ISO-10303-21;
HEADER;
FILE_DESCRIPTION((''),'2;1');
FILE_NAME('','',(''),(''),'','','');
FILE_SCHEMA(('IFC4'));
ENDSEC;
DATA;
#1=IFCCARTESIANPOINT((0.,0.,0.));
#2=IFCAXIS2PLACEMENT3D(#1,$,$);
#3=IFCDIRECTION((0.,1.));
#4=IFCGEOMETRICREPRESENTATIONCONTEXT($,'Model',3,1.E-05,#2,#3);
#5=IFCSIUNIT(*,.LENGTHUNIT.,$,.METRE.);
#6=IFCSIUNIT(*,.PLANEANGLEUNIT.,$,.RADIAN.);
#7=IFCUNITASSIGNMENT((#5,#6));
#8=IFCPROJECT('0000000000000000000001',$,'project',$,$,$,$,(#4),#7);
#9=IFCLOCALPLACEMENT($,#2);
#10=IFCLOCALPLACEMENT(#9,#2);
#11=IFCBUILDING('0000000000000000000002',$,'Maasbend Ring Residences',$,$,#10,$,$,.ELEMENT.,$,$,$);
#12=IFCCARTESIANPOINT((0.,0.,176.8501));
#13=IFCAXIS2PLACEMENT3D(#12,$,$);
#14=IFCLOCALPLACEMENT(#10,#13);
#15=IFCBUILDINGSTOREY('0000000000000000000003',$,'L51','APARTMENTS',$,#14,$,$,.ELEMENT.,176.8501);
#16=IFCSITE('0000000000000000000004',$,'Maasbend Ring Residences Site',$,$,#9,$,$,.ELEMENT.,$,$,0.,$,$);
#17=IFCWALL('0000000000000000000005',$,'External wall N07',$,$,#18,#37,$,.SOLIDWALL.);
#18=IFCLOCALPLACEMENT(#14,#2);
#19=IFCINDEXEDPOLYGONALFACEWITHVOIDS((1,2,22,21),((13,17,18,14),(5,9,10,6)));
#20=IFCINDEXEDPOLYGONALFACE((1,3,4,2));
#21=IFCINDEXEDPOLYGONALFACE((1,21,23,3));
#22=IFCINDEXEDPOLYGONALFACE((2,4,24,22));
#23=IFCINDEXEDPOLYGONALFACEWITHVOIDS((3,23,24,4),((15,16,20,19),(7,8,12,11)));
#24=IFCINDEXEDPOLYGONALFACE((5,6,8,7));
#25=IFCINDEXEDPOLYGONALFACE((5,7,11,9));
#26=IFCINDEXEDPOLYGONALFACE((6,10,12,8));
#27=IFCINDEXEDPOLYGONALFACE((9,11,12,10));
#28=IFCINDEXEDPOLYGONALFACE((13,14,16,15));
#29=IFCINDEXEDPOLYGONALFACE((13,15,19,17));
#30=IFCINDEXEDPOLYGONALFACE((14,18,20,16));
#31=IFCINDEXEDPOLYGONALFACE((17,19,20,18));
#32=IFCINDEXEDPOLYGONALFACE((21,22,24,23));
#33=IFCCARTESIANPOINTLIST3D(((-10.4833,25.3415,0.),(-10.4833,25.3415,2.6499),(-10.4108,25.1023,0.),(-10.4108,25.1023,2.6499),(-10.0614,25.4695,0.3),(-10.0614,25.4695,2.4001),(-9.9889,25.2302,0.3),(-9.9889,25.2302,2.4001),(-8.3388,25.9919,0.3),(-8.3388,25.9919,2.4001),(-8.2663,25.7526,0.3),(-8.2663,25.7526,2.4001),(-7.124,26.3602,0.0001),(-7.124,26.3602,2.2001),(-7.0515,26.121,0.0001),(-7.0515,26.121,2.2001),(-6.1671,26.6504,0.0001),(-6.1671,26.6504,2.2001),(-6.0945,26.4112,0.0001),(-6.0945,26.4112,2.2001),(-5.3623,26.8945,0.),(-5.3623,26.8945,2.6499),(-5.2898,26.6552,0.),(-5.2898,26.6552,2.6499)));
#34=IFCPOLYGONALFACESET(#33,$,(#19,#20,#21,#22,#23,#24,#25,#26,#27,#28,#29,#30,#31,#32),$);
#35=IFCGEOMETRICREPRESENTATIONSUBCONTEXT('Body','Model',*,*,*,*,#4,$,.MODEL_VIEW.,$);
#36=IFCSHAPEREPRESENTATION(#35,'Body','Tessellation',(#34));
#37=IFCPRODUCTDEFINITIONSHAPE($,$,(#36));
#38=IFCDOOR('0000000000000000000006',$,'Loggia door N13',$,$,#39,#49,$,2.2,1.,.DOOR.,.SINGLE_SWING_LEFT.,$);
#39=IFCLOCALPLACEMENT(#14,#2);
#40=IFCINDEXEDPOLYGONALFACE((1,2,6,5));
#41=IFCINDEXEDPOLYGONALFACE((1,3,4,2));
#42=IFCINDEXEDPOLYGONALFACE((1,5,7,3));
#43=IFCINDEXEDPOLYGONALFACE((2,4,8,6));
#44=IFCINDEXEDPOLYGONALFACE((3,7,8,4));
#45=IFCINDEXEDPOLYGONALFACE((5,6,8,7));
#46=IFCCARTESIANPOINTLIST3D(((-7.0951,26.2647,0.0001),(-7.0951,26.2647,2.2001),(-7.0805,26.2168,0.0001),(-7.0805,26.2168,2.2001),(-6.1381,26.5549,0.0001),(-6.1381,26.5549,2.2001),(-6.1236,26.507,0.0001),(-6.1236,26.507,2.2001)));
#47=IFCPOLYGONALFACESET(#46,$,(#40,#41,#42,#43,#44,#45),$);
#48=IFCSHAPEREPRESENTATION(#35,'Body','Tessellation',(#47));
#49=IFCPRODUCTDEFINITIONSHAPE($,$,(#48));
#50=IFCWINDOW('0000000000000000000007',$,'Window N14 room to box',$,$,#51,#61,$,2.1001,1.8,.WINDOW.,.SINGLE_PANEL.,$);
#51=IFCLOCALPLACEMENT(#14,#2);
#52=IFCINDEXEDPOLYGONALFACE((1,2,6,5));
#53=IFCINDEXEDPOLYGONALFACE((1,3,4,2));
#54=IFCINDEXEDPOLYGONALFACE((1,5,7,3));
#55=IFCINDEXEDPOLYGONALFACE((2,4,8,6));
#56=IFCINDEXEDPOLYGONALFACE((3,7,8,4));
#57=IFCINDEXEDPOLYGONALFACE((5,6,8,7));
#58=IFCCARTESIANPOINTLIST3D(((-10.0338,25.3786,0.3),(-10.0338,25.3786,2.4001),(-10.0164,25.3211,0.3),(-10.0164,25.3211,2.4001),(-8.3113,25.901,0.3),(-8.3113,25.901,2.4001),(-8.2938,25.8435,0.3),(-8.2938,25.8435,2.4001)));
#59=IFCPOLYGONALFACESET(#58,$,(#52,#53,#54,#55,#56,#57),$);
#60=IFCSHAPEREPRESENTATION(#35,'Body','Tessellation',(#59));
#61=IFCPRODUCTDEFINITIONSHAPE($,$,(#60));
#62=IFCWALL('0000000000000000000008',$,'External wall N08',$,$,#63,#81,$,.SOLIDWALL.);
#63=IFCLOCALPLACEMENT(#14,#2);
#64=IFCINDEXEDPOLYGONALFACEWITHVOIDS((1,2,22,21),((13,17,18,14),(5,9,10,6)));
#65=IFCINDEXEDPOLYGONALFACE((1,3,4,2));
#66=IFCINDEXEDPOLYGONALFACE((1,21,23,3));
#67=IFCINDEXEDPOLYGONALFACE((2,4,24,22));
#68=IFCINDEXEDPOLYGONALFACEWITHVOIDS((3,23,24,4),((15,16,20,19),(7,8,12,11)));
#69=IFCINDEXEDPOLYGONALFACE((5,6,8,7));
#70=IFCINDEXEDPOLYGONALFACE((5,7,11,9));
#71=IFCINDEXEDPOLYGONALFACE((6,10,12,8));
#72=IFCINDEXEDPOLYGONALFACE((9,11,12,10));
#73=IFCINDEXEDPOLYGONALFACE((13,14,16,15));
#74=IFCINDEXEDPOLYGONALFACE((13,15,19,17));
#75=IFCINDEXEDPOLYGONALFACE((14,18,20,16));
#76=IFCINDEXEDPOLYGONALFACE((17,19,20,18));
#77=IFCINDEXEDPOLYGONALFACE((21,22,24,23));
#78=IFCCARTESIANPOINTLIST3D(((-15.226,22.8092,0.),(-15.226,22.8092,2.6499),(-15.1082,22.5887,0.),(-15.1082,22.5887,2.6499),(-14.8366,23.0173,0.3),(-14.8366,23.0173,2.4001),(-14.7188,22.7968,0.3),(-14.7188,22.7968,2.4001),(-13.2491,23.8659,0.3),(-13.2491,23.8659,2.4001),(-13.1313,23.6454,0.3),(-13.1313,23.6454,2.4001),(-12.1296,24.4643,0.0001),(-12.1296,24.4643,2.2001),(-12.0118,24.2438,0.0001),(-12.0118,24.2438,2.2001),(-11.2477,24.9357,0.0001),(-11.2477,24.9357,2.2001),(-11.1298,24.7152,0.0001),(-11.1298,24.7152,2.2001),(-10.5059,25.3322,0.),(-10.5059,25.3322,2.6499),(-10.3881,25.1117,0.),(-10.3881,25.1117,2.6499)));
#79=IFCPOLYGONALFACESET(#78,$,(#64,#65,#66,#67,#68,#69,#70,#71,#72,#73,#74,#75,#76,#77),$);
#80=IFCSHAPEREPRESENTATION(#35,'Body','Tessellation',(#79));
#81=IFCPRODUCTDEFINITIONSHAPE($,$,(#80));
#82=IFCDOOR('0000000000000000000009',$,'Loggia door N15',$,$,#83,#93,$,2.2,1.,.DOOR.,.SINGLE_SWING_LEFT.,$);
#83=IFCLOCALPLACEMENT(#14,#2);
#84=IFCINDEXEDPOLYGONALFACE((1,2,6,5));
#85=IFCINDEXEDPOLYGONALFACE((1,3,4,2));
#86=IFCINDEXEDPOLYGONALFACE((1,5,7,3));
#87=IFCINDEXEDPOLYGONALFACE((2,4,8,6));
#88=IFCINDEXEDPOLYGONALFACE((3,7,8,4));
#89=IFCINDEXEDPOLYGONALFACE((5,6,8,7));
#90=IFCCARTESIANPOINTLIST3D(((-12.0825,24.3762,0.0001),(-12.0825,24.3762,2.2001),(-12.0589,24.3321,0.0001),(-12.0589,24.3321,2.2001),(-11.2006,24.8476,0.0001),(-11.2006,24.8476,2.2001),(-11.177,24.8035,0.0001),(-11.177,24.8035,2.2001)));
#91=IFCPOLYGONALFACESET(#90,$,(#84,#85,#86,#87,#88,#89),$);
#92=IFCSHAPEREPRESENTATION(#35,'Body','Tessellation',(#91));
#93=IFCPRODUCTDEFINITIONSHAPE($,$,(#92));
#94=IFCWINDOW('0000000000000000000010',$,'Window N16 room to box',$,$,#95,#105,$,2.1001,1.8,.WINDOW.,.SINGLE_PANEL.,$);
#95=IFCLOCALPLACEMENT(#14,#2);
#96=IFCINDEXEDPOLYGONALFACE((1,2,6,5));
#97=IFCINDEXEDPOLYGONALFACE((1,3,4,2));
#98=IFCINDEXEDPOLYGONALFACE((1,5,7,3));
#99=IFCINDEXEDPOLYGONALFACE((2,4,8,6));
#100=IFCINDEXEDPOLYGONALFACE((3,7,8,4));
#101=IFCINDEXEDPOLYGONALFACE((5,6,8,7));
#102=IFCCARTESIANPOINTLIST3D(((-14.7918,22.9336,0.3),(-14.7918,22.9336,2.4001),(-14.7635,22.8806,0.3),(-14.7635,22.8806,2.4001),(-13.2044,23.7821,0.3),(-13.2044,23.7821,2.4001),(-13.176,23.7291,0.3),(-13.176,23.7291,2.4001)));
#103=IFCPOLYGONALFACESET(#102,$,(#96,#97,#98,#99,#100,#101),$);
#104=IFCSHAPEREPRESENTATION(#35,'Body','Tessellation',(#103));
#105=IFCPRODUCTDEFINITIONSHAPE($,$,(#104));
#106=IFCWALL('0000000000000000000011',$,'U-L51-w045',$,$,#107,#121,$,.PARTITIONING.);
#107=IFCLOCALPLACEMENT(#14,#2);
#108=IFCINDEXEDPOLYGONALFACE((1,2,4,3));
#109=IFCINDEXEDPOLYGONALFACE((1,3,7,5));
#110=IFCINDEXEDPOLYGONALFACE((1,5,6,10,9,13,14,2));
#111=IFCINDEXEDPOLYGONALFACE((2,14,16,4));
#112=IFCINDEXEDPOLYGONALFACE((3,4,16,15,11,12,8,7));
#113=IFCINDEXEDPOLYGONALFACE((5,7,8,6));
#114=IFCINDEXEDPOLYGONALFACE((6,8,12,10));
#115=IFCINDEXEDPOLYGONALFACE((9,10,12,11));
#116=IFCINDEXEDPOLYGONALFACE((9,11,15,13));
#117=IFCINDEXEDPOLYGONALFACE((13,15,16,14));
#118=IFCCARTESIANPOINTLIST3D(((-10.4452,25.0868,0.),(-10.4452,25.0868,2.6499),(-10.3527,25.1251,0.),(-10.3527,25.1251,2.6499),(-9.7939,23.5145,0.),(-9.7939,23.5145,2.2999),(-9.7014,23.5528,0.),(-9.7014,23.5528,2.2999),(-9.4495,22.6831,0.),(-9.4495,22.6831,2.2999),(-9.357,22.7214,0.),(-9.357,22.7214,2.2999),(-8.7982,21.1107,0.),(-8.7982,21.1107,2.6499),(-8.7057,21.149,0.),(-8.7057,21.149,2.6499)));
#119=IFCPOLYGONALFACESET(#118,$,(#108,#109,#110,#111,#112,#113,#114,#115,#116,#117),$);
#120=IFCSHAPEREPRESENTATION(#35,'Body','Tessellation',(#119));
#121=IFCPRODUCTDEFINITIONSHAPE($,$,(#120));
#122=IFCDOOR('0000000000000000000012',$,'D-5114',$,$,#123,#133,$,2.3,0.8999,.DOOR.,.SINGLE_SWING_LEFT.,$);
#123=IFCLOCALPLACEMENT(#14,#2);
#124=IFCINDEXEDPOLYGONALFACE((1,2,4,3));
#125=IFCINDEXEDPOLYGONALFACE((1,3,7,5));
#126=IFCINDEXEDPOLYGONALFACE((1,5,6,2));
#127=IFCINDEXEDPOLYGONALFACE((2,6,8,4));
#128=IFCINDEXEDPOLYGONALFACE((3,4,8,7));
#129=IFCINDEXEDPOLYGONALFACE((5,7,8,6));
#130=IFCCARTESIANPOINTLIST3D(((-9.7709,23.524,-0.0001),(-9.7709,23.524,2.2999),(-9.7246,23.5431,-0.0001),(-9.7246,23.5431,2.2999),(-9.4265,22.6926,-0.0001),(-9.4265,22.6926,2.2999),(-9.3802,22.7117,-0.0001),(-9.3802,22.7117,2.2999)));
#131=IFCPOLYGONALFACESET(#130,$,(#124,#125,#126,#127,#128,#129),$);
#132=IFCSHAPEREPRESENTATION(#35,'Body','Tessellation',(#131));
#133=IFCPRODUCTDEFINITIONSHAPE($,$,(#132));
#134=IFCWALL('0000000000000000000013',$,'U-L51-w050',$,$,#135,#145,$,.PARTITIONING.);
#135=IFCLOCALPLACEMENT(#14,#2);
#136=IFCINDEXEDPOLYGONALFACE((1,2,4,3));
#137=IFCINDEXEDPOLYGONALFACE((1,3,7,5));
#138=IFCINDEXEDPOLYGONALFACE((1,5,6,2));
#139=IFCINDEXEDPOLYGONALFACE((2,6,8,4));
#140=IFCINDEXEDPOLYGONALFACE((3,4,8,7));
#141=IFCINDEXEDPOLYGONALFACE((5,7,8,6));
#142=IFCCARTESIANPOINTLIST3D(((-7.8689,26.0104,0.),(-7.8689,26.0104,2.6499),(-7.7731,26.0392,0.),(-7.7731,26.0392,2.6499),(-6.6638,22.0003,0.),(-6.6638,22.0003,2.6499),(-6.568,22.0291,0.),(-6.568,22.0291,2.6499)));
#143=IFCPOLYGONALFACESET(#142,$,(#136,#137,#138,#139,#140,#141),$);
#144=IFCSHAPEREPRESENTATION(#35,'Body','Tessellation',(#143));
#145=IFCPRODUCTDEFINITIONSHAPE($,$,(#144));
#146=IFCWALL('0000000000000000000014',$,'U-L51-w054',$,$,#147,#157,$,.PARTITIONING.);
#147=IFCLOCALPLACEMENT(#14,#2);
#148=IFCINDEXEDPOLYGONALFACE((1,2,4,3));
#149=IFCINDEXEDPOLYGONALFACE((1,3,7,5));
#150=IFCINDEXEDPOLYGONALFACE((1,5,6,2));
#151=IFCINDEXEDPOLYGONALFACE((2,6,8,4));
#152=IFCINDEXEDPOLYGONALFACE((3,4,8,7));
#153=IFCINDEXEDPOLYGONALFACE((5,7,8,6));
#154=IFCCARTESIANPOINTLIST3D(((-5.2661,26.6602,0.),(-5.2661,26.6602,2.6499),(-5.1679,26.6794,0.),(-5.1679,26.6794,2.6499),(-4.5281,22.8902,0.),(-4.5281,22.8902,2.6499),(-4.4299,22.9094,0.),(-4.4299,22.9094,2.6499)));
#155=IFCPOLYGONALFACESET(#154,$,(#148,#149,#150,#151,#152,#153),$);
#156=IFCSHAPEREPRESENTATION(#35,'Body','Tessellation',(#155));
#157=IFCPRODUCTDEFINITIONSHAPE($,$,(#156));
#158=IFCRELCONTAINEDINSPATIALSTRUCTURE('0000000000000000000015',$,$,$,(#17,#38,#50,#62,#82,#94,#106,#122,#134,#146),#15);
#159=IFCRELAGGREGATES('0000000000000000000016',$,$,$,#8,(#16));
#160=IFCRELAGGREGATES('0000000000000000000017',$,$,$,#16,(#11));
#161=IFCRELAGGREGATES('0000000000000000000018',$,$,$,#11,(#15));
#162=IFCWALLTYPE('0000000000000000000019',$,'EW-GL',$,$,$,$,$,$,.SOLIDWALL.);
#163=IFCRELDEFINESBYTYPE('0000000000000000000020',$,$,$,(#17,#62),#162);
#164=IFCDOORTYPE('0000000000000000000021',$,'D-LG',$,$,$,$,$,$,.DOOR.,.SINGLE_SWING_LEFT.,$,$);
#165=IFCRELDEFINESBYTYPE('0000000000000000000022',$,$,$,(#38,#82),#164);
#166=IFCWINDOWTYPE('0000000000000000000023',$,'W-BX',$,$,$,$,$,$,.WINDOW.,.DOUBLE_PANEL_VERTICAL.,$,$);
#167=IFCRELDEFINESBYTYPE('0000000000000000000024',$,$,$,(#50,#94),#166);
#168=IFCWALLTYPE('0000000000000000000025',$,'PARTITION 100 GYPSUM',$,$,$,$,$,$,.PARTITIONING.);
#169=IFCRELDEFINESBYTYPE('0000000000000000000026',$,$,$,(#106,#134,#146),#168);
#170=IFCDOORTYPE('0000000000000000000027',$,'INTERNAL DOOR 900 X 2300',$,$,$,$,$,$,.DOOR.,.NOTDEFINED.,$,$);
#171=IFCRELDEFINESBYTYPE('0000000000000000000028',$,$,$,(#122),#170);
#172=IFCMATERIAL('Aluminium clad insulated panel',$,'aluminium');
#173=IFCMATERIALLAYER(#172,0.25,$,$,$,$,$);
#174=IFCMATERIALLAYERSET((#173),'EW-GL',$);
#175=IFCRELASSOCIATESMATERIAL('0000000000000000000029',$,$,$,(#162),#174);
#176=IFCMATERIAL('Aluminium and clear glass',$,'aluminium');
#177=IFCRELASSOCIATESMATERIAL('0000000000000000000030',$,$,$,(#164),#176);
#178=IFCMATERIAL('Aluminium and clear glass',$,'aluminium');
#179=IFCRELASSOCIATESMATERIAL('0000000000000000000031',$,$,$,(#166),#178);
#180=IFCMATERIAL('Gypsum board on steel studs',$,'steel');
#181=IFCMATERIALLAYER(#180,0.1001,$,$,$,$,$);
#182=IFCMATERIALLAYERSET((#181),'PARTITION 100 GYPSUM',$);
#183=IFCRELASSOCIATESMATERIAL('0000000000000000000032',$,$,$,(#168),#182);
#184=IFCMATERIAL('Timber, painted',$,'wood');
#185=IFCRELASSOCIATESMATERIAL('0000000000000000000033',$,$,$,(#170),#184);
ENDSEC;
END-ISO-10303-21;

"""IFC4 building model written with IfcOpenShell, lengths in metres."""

from ifc_helpers import new_model, si_unit, direction, frame, frame_2d, origin, place, context, subcontext, project, spatial, rectangle, extrude, material, layer, layer_set, type_object, element, fill, save


model = new_model("IFC4")

# Units and contexts
model_context = context("Model", 3, precision=1e-05, world=origin(), true_north=direction((0.0, 1.0)))
body_context = subcontext(model_context, "Body", "Model", "MODEL_VIEW")
ifc_project = project(units=[si_unit("LENGTHUNIT", "METRE"), si_unit("PLANEANGLEUNIT", "RADIAN")], contexts=[model_context])

# Site, building, storey
site_placement = place(None, origin())
site = spatial("IfcSite", under=ifc_project, at=site_placement, Name="Maasbend Ring Residences Site", CompositionType="ELEMENT", RefElevation=0.0)
building_placement = place(site_placement, origin())
building = spatial("IfcBuilding", under=site, at=building_placement, Name="Maasbend Ring Residences", CompositionType="ELEMENT")
storey_placement = place(building_placement, frame((0.0, 0.0, 176.8501)))
storey = spatial("IfcBuildingStorey", under=building, at=storey_placement, Name="L51", Description="APARTMENTS", CompositionType="ELEMENT", Elevation=176.8501)

# Walls, openings, doors, windows
ifc_material_1 = material(Name="Aluminium clad insulated panel", Category="aluminium")
ifc_layer_1 = layer(ifc_material_1, 0.25)
ifc_layer_set_1 = layer_set([ifc_layer_1], Name="EW-GL")
wall_type_1 = type_object("IfcWallType", Name="EW-GL", PredefinedType="SOLIDWALL", material=ifc_layer_set_1)
wall_1_placement = place(storey_placement, frame((-5.3259, 26.7749, 0.0), z_axis=(0.0, 0.0, 1.0), x_axis=(-0.956966, -0.290201, 0.0)))
wall_1 = element("IfcWall", 1, at=wall_1_placement, inside=storey, type_object=wall_type_1, Name="External wall N07", PredefinedType="SOLIDWALL", context=body_context, shape_type="SweptSolid", body=[
    extrude(rectangle(XDim=5.3513, YDim=0.25, at=frame_2d((2.6758, 0.0))), origin(), (0.0, 0.0, 1.0), 2.6499),
])
opening_1_placement = place(wall_1_placement, frame((0.8411, 0.0, 0.0)))
opening_1 = element("IfcOpeningElement", 2, at=opening_1_placement, cuts=wall_1, PredefinedType="OPENING", context=body_context, shape_type="SweptSolid", body=[
    extrude(rectangle(XDim=1.0, YDim=2.2, at=frame_2d((0.5, 1.1001))), frame((0.0, 0.135, 0.0), z_axis=(0.0, -1.0, 0.0), x_axis=(1.0, 0.0, 0.0)), (0.0, 0.0, 1.0), 0.27),
])
opening_2_placement = place(wall_1_placement, frame((3.1106, 0.0, 0.3)))
opening_2 = element("IfcOpeningElement", 3, at=opening_2_placement, cuts=wall_1, PredefinedType="OPENING", context=body_context, shape_type="SweptSolid", body=[
    extrude(rectangle(XDim=1.8, YDim=2.1001, at=frame_2d((0.8999, 1.05))), frame((0.0, 0.135, 0.0), z_axis=(0.0, -1.0, 0.0), x_axis=(1.0, 0.0, 0.0)), (0.0, 0.0, 1.0), 0.27),
])
ifc_material_2 = material(Name="Aluminium and clear glass", Category="aluminium")
door_type_1 = type_object("IfcDoorType", Name="D-LG", OperationType="SINGLE_SWING_LEFT", PredefinedType="DOOR", material=ifc_material_2)
door_1_placement = place(opening_1_placement, origin())
door_1 = element("IfcDoor", 4, at=door_1_placement, inside=storey, type_object=door_type_1, Name="Loggia door N13", OperationType="SINGLE_SWING_LEFT", OverallHeight=2.2, OverallWidth=1.0, PredefinedType="DOOR", context=body_context, shape_type="SweptSolid", body=[
    extrude(rectangle(XDim=1.0, YDim=2.2, at=frame_2d((0.5, 1.1001))), frame((0.0, 0.0249, 0.0), z_axis=(0.0, -1.0, 0.0), x_axis=(1.0, 0.0, 0.0)), (0.0, 0.0, 1.0), 0.05),
])
fill(opening_1, door_1)
ifc_material_3 = material(Name="Aluminium and clear glass", Category="aluminium")
window_type_1 = type_object("IfcWindowType", Name="W-BX", PartitioningType="DOUBLE_PANEL_VERTICAL", PredefinedType="WINDOW", material=ifc_material_3)
window_1_placement = place(opening_2_placement, origin())
window_1 = element("IfcWindow", 5, at=window_1_placement, inside=storey, type_object=window_type_1, Name="Window N14 room to box", OverallHeight=2.1001, OverallWidth=1.8, PartitioningType="SINGLE_PANEL", PredefinedType="WINDOW", context=body_context, shape_type="SweptSolid", body=[
    extrude(rectangle(XDim=1.8, YDim=2.1001, at=frame_2d((0.8999, 1.05))), frame((0.0, 0.03, 0.0), z_axis=(0.0, -1.0, 0.0), x_axis=(1.0, 0.0, 0.0)), (0.0, 0.0, 1.0), 0.0601),
])
fill(opening_2, window_1)
wall_2_placement = place(storey_placement, frame((-10.447, 25.2219, 0.0), z_axis=(0.0, 0.0, 1.0), x_axis=(-0.881916, -0.471407, 0.0)))
wall_2 = element("IfcWall", 6, at=wall_2_placement, inside=storey, type_object=wall_type_1, Name="External wall N08", PredefinedType="SOLIDWALL", context=body_context, shape_type="SweptSolid", body=[
    extrude(rectangle(XDim=5.3521, YDim=0.25, at=frame_2d((2.676, 0.0))), origin(), (0.0, 0.0, 1.0), 2.6499),
])
opening_3_placement = place(wall_2_placement, frame((0.8411, 0.0, 0.0)))
opening_3 = element("IfcOpeningElement", 7, at=opening_3_placement, cuts=wall_2, PredefinedType="OPENING", context=body_context, shape_type="SweptSolid", body=[
    extrude(rectangle(XDim=1.0, YDim=2.2, at=frame_2d((0.5, 1.1001))), frame((0.0, 0.135, 0.0), z_axis=(0.0, -1.0, 0.0), x_axis=(1.0, 0.0, 0.0)), (0.0, 0.0, 1.0), 0.27),
])
opening_4_placement = place(wall_2_placement, frame((3.1106, 0.0, 0.3)))
opening_4 = element("IfcOpeningElement", 8, at=opening_4_placement, cuts=wall_2, PredefinedType="OPENING", context=body_context, shape_type="SweptSolid", body=[
    extrude(rectangle(XDim=1.8, YDim=2.1001, at=frame_2d((0.8999, 1.05))), frame((0.0, 0.135, 0.0), z_axis=(0.0, -1.0, 0.0), x_axis=(1.0, 0.0, 0.0)), (0.0, 0.0, 1.0), 0.27),
])
door_2_placement = place(opening_3_placement, origin())
door_2 = element("IfcDoor", 9, at=door_2_placement, inside=storey, type_object=door_type_1, Name="Loggia door N15", OperationType="SINGLE_SWING_LEFT", OverallHeight=2.2, OverallWidth=1.0, PredefinedType="DOOR", context=body_context, shape_type="SweptSolid", body=[
    extrude(rectangle(XDim=1.0, YDim=2.2, at=frame_2d((0.5, 1.1001))), frame((0.0, 0.0249, 0.0), z_axis=(0.0, -1.0, 0.0), x_axis=(1.0, 0.0, 0.0)), (0.0, 0.0, 1.0), 0.05),
])
fill(opening_3, door_2)
window_2_placement = place(opening_4_placement, origin())
window_2 = element("IfcWindow", 10, at=window_2_placement, inside=storey, type_object=window_type_1, Name="Window N16 room to box", OverallHeight=2.1001, OverallWidth=1.8, PartitioningType="SINGLE_PANEL", PredefinedType="WINDOW", context=body_context, shape_type="SweptSolid", body=[
    extrude(rectangle(XDim=1.8, YDim=2.1001, at=frame_2d((0.8999, 1.05))), frame((0.0, 0.03, 0.0), z_axis=(0.0, -1.0, 0.0), x_axis=(1.0, 0.0, 0.0)), (0.0, 0.0, 1.0), 0.0601),
])
fill(opening_4, window_2)

# Wall, opening, door
ifc_material_4 = material(Name="Gypsum board on steel studs", Category="steel")
ifc_layer_2 = layer(ifc_material_4, 0.1001)
ifc_layer_set_2 = layer_set([ifc_layer_2], Name="PARTITION 100 GYPSUM")
wall_type_2 = type_object("IfcWallType", Name="PARTITION 100 GYPSUM", PredefinedType="PARTITIONING", material=ifc_layer_set_2)
wall_3_placement = place(storey_placement, frame((-10.3989, 25.106, 0.0), z_axis=(0.0, 0.0, 1.0), x_axis=(0.382689, -0.923877, 0.0)))
wall_3 = element("IfcWall", 11, at=wall_3_placement, inside=storey, type_object=wall_type_2, Name="U-L51-w045", PredefinedType="PARTITIONING", context=body_context, shape_type="SweptSolid", body=[
    extrude(rectangle(XDim=4.3037, YDim=0.1001, at=frame_2d((2.1519, 0.0))), origin(), (0.0, 0.0, 1.0), 2.6499),
])
opening_5_placement = place(wall_3_placement, frame((1.7019, 0.0, 0.0)))
opening_5 = element("IfcOpeningElement", 12, at=opening_5_placement, cuts=wall_3, PredefinedType="OPENING", context=body_context, shape_type="SweptSolid", body=[
    extrude(rectangle(XDim=0.8999, YDim=2.3, at=frame_2d((0.45, 1.1499))), frame((0.0, 0.0601, 0.0), z_axis=(0.0, -1.0, 0.0), x_axis=(1.0, 0.0, 0.0)), (0.0, 0.0, 1.0), 0.1201),
])
ifc_material_5 = material(Name="Timber, painted", Category="wood")
door_type_2 = type_object("IfcDoorType", Name="INTERNAL DOOR 900 X 2300", OperationType="NOTDEFINED", PredefinedType="DOOR", material=ifc_material_5)
door_3_placement = place(opening_5_placement, origin())
door_3 = element("IfcDoor", 13, at=door_3_placement, inside=storey, type_object=door_type_2, Name="D-5114", OperationType="SINGLE_SWING_LEFT", OverallHeight=2.3, OverallWidth=0.8999, PredefinedType="DOOR", context=body_context, shape_type="SweptSolid", body=[
    extrude(rectangle(XDim=0.8999, YDim=2.3, at=frame_2d((0.45, 1.1499))), frame((0.0, 0.0249, 0.0), z_axis=(0.0, -1.0, 0.0), x_axis=(1.0, 0.0, 0.0)), (0.0, 0.0, 1.0), 0.05),
])
fill(opening_5, door_3)

# Walls
wall_4_placement = place(storey_placement, frame((-7.821, 26.0249, 0.0), z_axis=(0.0, 0.0, 1.0), x_axis=(0.287803, -0.95769, 0.0)))
element("IfcWall", 14, at=wall_4_placement, inside=storey, type_object=wall_type_2, Name="U-L51-w050", PredefinedType="PARTITIONING", context=body_context, shape_type="SweptSolid", body=[
    extrude(rectangle(XDim=4.1873, YDim=0.1001, at=frame_2d((2.0938, 0.0))), origin(), (0.0, 0.0, 1.0), 2.6499),
])
wall_5_placement = place(storey_placement, frame((-5.217, 26.6699, 0.0), z_axis=(0.0, 0.0, 1.0), x_axis=(0.192118, -0.981372, 0.0)))
element("IfcWall", 15, at=wall_5_placement, inside=storey, type_object=wall_type_2, Name="U-L51-w054", PredefinedType="PARTITIONING", context=body_context, shape_type="SweptSolid", body=[
    extrude(rectangle(XDim=3.8416, YDim=0.1001, at=frame_2d((1.9209, 0.0))), origin(), (0.0, 0.0, 1.0), 2.6499),
])

save(model, "model.ifc")
